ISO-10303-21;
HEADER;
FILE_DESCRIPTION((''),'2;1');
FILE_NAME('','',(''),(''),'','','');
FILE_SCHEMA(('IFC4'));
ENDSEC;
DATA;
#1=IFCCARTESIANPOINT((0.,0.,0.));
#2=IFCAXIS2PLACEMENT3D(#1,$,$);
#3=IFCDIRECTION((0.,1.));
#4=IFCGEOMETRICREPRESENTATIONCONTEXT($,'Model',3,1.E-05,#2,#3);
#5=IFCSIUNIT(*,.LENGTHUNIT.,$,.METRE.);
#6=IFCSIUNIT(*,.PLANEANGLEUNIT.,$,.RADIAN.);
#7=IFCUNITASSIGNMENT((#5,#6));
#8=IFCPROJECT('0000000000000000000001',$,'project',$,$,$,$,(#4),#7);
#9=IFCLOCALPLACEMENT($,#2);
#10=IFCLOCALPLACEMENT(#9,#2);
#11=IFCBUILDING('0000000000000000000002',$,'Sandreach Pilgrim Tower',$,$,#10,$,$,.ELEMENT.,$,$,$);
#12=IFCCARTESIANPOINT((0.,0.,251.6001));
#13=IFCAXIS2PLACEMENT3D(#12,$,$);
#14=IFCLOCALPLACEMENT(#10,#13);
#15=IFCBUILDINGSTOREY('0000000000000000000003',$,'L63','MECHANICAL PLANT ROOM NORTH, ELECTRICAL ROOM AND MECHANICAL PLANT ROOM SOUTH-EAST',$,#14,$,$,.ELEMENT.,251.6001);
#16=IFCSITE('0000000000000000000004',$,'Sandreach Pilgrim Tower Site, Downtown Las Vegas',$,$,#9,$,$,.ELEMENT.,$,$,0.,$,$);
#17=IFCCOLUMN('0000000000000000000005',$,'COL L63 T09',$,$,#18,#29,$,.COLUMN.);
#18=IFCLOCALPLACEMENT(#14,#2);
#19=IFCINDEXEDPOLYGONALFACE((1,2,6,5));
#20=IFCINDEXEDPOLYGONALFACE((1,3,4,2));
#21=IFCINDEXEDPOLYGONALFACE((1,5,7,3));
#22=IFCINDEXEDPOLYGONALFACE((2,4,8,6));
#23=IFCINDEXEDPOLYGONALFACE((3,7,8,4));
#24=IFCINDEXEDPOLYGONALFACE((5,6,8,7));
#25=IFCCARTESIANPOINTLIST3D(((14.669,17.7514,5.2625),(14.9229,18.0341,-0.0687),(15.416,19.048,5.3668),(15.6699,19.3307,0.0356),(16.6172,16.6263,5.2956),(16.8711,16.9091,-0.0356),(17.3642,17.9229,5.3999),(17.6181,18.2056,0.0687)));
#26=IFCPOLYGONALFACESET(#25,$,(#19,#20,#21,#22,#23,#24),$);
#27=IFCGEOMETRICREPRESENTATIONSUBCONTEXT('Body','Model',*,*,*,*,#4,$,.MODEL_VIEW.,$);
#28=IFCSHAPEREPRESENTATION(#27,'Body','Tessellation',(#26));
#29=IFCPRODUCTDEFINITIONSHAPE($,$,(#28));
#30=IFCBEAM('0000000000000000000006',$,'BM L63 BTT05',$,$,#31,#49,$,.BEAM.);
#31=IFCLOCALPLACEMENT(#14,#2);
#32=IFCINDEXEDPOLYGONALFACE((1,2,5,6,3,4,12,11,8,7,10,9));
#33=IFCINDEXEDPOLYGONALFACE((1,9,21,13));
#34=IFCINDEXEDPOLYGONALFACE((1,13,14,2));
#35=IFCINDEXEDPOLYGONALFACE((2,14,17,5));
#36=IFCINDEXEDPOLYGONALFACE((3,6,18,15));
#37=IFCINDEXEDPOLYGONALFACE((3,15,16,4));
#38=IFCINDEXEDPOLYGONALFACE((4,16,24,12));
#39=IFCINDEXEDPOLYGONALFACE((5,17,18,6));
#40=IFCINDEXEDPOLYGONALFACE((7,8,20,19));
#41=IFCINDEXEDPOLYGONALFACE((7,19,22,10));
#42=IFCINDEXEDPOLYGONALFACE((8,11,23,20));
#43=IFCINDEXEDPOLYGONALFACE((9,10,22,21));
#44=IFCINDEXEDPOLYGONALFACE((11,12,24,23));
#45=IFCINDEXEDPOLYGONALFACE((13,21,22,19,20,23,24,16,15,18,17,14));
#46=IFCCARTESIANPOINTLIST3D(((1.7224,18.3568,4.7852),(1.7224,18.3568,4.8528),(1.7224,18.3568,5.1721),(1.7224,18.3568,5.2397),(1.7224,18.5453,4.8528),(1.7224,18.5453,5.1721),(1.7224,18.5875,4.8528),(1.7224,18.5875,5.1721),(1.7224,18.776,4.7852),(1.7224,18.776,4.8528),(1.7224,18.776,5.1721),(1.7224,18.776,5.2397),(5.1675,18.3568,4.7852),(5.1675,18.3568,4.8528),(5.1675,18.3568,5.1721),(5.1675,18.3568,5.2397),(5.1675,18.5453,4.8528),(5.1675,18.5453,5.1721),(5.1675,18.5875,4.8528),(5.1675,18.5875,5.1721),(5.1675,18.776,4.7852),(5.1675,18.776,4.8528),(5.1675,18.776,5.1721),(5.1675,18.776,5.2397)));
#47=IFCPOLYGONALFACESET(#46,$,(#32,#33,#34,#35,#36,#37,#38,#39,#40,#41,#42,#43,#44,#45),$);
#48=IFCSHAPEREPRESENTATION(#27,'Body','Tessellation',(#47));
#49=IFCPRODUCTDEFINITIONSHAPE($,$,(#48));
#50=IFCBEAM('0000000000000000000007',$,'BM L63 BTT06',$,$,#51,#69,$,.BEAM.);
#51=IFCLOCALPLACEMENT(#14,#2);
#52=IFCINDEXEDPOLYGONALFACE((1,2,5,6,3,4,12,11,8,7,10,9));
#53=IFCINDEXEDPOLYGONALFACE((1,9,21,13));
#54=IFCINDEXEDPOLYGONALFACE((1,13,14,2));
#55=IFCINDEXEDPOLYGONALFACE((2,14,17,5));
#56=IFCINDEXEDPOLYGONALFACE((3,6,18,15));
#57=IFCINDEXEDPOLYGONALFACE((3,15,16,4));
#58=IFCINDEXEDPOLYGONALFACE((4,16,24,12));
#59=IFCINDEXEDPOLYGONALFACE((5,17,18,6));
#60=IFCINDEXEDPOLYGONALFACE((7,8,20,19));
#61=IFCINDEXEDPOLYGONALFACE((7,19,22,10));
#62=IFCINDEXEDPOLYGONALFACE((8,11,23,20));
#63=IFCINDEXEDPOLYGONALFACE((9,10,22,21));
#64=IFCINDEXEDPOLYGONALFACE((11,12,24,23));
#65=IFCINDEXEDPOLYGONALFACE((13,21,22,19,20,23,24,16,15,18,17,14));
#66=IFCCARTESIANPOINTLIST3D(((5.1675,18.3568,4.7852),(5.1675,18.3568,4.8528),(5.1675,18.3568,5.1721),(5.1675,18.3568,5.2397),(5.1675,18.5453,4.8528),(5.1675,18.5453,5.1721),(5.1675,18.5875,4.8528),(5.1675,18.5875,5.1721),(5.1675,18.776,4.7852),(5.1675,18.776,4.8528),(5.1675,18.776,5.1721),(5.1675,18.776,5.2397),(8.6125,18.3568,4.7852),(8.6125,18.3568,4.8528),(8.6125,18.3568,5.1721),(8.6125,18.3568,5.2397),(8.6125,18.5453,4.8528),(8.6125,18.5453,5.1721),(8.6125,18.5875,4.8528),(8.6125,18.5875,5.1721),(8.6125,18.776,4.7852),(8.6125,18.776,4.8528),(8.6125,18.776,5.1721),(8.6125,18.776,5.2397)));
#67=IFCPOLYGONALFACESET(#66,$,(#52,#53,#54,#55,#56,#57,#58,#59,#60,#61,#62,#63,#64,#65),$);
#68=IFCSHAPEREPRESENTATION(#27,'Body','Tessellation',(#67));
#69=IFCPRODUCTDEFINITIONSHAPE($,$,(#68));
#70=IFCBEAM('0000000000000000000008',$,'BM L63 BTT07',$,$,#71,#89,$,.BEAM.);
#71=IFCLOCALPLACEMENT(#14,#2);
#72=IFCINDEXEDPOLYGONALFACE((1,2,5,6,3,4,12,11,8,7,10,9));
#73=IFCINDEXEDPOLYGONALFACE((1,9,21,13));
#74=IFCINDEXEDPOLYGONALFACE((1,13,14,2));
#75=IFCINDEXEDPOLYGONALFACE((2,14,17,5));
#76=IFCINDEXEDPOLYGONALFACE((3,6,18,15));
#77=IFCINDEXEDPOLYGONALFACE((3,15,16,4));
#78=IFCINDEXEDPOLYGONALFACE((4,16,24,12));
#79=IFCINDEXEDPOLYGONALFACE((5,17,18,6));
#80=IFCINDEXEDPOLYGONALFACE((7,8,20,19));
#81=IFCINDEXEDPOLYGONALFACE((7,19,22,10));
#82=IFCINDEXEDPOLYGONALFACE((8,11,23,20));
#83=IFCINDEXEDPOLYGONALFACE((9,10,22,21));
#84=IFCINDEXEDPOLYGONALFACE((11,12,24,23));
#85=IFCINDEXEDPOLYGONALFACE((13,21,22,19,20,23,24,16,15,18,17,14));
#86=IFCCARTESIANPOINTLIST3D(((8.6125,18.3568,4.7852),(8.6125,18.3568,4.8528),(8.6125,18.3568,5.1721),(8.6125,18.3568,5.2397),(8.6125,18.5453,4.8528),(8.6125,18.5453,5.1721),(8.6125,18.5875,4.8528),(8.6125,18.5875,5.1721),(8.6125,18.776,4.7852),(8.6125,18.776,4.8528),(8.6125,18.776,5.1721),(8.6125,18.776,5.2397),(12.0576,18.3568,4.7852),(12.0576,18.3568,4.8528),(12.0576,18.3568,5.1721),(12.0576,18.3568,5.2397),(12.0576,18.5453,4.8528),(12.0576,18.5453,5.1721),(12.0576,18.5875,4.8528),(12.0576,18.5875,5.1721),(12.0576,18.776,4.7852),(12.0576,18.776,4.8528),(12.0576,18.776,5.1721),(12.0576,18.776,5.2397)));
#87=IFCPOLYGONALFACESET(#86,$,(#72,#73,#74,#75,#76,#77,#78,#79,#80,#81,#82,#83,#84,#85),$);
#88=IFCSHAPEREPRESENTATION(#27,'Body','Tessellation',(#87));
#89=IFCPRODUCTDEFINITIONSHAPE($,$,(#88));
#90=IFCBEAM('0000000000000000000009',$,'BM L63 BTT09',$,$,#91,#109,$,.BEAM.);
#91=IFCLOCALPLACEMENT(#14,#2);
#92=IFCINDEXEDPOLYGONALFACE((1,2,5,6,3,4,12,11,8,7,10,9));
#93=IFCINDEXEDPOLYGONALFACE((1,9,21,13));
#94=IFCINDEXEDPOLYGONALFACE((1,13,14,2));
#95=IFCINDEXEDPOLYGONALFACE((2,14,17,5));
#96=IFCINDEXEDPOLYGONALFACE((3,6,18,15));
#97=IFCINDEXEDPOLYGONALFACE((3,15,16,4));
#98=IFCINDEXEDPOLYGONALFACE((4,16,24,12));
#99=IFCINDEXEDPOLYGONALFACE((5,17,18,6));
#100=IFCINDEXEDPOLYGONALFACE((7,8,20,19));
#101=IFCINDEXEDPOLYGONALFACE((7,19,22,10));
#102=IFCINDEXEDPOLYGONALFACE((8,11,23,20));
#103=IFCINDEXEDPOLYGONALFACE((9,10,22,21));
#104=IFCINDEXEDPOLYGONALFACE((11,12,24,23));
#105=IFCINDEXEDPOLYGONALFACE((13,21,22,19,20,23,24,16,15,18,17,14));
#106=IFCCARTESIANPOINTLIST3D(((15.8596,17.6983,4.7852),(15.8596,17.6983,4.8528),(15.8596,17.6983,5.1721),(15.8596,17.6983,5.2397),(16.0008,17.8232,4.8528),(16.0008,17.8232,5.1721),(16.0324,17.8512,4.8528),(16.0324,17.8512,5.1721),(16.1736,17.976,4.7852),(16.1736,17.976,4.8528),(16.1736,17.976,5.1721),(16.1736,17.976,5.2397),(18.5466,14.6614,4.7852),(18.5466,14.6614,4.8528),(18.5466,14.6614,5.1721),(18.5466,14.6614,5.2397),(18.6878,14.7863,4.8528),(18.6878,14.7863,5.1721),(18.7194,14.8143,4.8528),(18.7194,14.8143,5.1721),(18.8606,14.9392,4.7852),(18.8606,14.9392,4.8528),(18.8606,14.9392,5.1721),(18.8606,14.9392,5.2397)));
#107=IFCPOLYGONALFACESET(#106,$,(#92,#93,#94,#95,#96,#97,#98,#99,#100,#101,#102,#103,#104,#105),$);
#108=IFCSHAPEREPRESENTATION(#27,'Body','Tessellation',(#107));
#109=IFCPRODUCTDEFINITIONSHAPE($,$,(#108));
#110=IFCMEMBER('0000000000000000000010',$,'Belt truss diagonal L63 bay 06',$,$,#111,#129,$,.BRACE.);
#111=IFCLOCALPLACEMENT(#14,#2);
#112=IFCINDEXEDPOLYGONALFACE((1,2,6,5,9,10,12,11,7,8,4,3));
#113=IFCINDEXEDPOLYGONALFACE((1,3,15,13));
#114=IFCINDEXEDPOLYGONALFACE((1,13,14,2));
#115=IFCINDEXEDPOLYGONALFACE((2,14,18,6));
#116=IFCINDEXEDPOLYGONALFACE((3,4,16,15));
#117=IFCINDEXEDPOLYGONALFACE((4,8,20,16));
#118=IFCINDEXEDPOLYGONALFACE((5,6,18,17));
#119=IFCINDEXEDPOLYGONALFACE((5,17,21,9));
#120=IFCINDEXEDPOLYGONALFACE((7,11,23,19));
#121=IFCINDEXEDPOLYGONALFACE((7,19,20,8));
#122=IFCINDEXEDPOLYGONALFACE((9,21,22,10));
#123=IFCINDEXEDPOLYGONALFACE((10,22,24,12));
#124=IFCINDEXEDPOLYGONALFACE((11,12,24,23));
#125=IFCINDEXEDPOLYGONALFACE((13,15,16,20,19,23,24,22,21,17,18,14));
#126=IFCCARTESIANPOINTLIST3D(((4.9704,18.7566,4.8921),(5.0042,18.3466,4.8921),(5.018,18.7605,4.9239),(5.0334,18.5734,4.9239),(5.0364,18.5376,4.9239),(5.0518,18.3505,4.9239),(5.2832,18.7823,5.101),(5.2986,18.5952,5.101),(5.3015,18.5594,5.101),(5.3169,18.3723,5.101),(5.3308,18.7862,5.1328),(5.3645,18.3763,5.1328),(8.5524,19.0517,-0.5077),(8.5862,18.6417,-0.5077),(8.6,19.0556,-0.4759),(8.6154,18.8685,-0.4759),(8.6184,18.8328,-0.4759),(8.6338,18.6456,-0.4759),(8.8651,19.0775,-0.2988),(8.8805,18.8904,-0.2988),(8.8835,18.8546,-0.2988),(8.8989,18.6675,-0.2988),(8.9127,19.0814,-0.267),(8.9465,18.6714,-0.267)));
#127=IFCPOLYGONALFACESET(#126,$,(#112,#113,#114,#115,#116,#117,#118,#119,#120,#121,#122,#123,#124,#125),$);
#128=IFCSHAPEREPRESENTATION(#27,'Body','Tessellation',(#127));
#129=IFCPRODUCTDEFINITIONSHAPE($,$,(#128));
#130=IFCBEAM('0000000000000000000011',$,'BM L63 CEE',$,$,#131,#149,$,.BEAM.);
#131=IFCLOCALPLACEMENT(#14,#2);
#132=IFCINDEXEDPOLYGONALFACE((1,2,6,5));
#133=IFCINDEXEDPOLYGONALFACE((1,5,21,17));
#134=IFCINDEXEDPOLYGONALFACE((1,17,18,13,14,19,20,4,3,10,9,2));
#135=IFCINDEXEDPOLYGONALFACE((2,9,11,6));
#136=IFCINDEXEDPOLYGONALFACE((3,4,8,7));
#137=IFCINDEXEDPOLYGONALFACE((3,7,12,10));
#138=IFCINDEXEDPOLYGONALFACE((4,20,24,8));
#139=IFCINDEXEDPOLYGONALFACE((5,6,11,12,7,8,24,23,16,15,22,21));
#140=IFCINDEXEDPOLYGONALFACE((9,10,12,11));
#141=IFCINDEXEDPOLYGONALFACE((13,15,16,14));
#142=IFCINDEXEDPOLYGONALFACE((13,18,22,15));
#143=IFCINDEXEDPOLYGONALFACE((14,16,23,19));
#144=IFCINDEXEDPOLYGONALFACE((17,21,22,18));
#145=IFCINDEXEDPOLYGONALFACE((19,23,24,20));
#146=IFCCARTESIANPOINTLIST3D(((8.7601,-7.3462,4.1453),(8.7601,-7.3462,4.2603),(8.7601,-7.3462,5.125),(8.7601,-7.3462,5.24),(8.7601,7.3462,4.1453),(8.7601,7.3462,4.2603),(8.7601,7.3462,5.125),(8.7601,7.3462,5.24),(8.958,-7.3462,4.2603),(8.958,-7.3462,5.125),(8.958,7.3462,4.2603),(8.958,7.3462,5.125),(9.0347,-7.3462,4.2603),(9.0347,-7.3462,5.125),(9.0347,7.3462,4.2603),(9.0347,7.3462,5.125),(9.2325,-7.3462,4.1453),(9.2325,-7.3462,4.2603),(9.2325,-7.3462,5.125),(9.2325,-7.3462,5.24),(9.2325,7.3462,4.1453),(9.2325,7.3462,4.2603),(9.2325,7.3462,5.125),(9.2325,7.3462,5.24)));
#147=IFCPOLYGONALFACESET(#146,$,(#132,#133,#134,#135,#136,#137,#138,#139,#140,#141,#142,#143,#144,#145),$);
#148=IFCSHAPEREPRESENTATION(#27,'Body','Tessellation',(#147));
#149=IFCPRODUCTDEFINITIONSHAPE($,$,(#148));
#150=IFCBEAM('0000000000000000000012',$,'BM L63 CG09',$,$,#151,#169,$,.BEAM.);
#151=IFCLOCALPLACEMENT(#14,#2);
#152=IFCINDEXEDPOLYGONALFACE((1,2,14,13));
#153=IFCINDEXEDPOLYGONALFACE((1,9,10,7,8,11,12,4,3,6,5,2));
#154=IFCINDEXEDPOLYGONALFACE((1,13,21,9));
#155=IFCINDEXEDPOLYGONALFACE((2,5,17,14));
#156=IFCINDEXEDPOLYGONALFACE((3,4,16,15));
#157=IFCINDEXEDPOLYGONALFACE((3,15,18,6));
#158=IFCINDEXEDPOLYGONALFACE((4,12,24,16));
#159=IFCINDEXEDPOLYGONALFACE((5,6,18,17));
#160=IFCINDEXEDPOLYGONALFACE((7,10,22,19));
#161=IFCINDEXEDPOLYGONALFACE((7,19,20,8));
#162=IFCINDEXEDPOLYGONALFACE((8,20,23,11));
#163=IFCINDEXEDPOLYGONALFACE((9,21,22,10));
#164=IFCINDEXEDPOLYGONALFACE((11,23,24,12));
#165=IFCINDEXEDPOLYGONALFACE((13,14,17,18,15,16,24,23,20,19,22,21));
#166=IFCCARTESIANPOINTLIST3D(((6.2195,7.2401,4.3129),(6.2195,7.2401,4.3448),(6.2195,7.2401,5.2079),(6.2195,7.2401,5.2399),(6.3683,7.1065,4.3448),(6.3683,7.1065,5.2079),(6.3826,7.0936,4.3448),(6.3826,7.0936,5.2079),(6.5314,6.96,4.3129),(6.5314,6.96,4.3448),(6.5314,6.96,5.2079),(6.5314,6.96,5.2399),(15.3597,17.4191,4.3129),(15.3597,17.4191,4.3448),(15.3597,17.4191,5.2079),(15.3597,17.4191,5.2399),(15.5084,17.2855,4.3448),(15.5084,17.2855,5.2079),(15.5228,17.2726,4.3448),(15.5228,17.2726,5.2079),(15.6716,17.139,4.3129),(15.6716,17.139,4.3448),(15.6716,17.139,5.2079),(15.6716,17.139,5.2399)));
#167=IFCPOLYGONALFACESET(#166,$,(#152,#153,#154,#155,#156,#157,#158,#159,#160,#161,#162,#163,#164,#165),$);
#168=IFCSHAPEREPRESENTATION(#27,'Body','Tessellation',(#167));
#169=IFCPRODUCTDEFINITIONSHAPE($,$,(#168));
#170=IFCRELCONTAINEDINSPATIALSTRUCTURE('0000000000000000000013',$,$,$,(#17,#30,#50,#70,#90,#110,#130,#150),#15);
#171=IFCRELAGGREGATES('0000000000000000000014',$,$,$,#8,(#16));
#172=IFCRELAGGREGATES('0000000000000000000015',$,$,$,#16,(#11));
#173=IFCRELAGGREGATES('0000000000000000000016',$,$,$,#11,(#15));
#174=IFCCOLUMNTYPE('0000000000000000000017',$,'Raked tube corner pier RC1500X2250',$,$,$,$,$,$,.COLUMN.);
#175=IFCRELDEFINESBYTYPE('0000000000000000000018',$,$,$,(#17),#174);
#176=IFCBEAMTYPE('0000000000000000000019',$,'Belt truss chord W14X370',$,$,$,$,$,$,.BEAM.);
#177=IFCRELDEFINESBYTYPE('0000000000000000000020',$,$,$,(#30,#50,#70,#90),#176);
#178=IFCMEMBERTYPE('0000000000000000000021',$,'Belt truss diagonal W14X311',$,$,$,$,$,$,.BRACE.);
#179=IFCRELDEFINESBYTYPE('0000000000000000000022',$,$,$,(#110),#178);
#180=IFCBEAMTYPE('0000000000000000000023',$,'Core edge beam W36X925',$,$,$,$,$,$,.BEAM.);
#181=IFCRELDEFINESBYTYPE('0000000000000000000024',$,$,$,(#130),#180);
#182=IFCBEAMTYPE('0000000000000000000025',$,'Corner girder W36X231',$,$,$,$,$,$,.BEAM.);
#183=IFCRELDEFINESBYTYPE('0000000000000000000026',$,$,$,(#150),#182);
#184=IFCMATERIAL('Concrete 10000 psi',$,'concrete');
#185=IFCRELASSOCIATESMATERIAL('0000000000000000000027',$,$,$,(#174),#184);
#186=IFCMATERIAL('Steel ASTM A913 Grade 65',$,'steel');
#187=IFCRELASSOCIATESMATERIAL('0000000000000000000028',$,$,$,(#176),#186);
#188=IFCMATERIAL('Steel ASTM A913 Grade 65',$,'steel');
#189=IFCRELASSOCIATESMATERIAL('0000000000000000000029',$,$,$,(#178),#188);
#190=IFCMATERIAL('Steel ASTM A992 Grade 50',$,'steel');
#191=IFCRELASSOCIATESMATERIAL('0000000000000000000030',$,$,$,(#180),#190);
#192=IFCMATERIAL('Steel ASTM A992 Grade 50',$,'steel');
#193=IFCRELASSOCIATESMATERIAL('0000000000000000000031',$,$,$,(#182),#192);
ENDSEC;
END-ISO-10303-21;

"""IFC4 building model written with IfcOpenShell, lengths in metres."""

from ifc_helpers import new_model, si_unit, direction, frame, origin, origin_2d, place, context, subcontext, project, spatial, rectangle, i_section, extrude, material, material_profile, profile_set, type_object, element, save


model = new_model("IFC4")

# Units and contexts
model_context = context("Model", 3, precision=1e-05, world=origin(), true_north=direction((0.0, 1.0)))
body_context = subcontext(model_context, "Body", "Model", "MODEL_VIEW")
ifc_project = project(units=[si_unit("LENGTHUNIT", "METRE"), si_unit("PLANEANGLEUNIT", "RADIAN")], contexts=[model_context])

# Site, building, storey
site_placement = place(None, origin())
site = spatial("IfcSite", under=ifc_project, at=site_placement, Name="Sandreach Pilgrim Tower Site, Downtown Las Vegas", CompositionType="ELEMENT", RefElevation=0.0)
building_placement = place(site_placement, origin())
building = spatial("IfcBuilding", under=site, at=building_placement, Name="Sandreach Pilgrim Tower", CompositionType="ELEMENT")
storey_placement = place(building_placement, frame((0.0, 0.0, 251.6001)))
storey = spatial("IfcBuildingStorey", under=building, at=storey_placement, Name="L63", Description="MECHANICAL PLANT ROOM NORTH, ELECTRICAL ROOM AND MECHANICAL PLANT ROOM SOUTH-EAST", CompositionType="ELEMENT", Elevation=251.6001)

# Column
ifc_material_1 = material(Name="Concrete 10000 psi", Category="concrete")
ifc_material_profile_1 = material_profile(ifc_material_1, rectangle(XDim=1.5, YDim=2.25, at=origin_2d()), Name="RC1500X2250")
ifc_profile_set_1 = profile_set([ifc_material_profile_1], Name="Concrete 10000 psi")
column_type = type_object("IfcColumnType", Name="Raked tube corner pier RC1500X2250", PredefinedType="COLUMN", material=ifc_profile_set_1)
column_placement = place(storey_placement, frame((16.2705, 18.1199, 0.0), z_axis=(-0.047505, -0.052895, 0.997469), x_axis=(0.497979, 0.864395, 0.069555)))
element("IfcColumn", 1, at=column_placement, inside=storey, type_object=column_type, Name="COL L63 T09", PredefinedType="COLUMN", context=body_context, shape_type="SweptSolid", body=[
    extrude(rectangle(XDim=1.5, YDim=2.25, at=origin_2d()), origin(), (0.0, 0.0, 1.0), 5.3447),
])

# Beams
ifc_material_2 = material(Name="Steel ASTM A913 Grade 65", Category="steel")
ifc_material_profile_2 = material_profile(ifc_material_2, i_section(OverallWidth=0.4192, OverallDepth=0.4546, WebThickness=0.0422, FlangeThickness=0.0676, at=origin_2d()), Name="W14X370")
ifc_profile_set_2 = profile_set([ifc_material_profile_2], Name="Steel ASTM A913 Grade 65")
beam_type_1 = type_object("IfcBeamType", Name="Belt truss chord W14X370", PredefinedType="BEAM", material=ifc_profile_set_2)
for number, where, z_axis, x_axis, name in (
    (2, (1.7224, 18.5664, 5.0125), (1.0, 0.0, 0.0), (0.0, 1.0, 0.0), "BM L63 BTT05"),
    (3, (5.1675, 18.5664, 5.0125), (1.0, 0.0, 0.0), (0.0, 1.0, 0.0), "BM L63 BTT06"),
    (4, (8.6125, 18.5664, 5.0125), (1.0, 0.0, 0.0), (0.0, 1.0, 0.0), "BM L63 BTT07"),
):
    element("IfcBeam", number, at=place(storey_placement, frame(where, z_axis=z_axis, x_axis=x_axis)), inside=storey, type_object=beam_type_1, Name=name, PredefinedType="BEAM", context=body_context, shape_type="SweptSolid", body=[
        extrude(i_section(OverallWidth=0.4192, OverallDepth=0.4546, WebThickness=0.0422, FlangeThickness=0.0676, at=origin_2d()), origin(), (0.0, 0.0, 1.0), 3.4451),
    ])
beam_1_placement = place(storey_placement, frame((16.0166, 17.8372, 5.0125), z_axis=(0.662651, -0.748929, 0.0), x_axis=(0.748929, 0.662651, 0.0)))
element("IfcBeam", 5, at=beam_1_placement, inside=storey, type_object=beam_type_1, Name="BM L63 BTT09", PredefinedType="BEAM", context=body_context, shape_type="SweptSolid", body=[
    extrude(i_section(OverallWidth=0.4192, OverallDepth=0.4546, WebThickness=0.0422, FlangeThickness=0.0676, at=origin_2d()), origin(), (0.0, 0.0, 1.0), 4.0549),
])

# Member
ifc_material_3 = material(Name="Steel ASTM A913 Grade 65", Category="steel")
ifc_material_profile_3 = material_profile(ifc_material_3, i_section(OverallWidth=0.4114, OverallDepth=0.4343, WebThickness=0.0359, FlangeThickness=0.0574, at=origin_2d()), Name="W14X311")
ifc_profile_set_3 = profile_set([ifc_material_profile_3], Name="Steel ASTM A913 Grade 65")
member_type = type_object("IfcMemberType", Name="Belt truss diagonal W14X311", PredefinedType="BRACE", material=ifc_profile_set_3)
member_placement = place(storey_placement, frame((5.1675, 18.5664, 5.0125), z_axis=(0.552213, 0.045503, -0.83246), x_axis=(-0.082124, 0.996622, 0.0)))
element("IfcMember", 6, at=member_placement, inside=storey, type_object=member_type, Name="Belt truss diagonal L63 bay 06", PredefinedType="BRACE", context=body_context, shape_type="SweptSolid", body=[
    extrude(i_section(OverallWidth=0.4114, OverallDepth=0.4343, WebThickness=0.0359, FlangeThickness=0.0574, at=origin_2d()), origin(), (0.0, 0.0, 1.0), 6.4866),
])

# Beams
ifc_material_4 = material(Name="Steel ASTM A992 Grade 50", Category="steel")
ifc_material_profile_4 = material_profile(ifc_material_4, i_section(OverallWidth=0.4724, OverallDepth=1.0947, WebThickness=0.0767, FlangeThickness=0.115, at=origin_2d()), Name="W36X925")
ifc_profile_set_4 = profile_set([ifc_material_profile_4], Name="Steel ASTM A992 Grade 50")
beam_type_2 = type_object("IfcBeamType", Name="Core edge beam W36X925", PredefinedType="BEAM", material=ifc_profile_set_4)
beam_2_placement = place(storey_placement, frame((8.9963, 7.3462, 4.6926), z_axis=(0.0, -1.0, 0.0), x_axis=(1.0, 0.0, 0.0)))
element("IfcBeam", 7, at=beam_2_placement, inside=storey, type_object=beam_type_2, Name="BM L63 CEE", PredefinedType="BEAM", context=body_context, shape_type="SweptSolid", body=[
    extrude(i_section(OverallWidth=0.4724, OverallDepth=1.0947, WebThickness=0.0767, FlangeThickness=0.115, at=origin_2d()), origin(), (0.0, 0.0, 1.0), 14.6924),
])
ifc_material_5 = material(Name="Steel ASTM A992 Grade 50", Category="steel")
ifc_material_profile_5 = material_profile(ifc_material_5, i_section(OverallWidth=0.4192, OverallDepth=0.927, WebThickness=0.0193, FlangeThickness=0.032, at=origin_2d()), Name="W36X231")
ifc_profile_set_5 = profile_set([ifc_material_profile_5], Name="Steel ASTM A992 Grade 50")
beam_type_3 = type_object("IfcBeamType", Name="Corner girder W36X231", PredefinedType="BEAM", material=ifc_profile_set_5)
beam_3_placement = place(storey_placement, frame((15.5156, 17.2791, 4.7764), z_axis=(-0.668119, -0.744054, 0.0), x_axis=(0.744054, -0.668119, 0.0)))
element("IfcBeam", 8, at=beam_3_placement, inside=storey, type_object=beam_type_3, Name="BM L63 CG09", PredefinedType="BEAM", context=body_context, shape_type="SweptSolid", body=[
    extrude(i_section(OverallWidth=0.4192, OverallDepth=0.927, WebThickness=0.0193, FlangeThickness=0.032, at=origin_2d()), origin(), (0.0, 0.0, 1.0), 13.6804),
])

save(model, "model.ifc")
